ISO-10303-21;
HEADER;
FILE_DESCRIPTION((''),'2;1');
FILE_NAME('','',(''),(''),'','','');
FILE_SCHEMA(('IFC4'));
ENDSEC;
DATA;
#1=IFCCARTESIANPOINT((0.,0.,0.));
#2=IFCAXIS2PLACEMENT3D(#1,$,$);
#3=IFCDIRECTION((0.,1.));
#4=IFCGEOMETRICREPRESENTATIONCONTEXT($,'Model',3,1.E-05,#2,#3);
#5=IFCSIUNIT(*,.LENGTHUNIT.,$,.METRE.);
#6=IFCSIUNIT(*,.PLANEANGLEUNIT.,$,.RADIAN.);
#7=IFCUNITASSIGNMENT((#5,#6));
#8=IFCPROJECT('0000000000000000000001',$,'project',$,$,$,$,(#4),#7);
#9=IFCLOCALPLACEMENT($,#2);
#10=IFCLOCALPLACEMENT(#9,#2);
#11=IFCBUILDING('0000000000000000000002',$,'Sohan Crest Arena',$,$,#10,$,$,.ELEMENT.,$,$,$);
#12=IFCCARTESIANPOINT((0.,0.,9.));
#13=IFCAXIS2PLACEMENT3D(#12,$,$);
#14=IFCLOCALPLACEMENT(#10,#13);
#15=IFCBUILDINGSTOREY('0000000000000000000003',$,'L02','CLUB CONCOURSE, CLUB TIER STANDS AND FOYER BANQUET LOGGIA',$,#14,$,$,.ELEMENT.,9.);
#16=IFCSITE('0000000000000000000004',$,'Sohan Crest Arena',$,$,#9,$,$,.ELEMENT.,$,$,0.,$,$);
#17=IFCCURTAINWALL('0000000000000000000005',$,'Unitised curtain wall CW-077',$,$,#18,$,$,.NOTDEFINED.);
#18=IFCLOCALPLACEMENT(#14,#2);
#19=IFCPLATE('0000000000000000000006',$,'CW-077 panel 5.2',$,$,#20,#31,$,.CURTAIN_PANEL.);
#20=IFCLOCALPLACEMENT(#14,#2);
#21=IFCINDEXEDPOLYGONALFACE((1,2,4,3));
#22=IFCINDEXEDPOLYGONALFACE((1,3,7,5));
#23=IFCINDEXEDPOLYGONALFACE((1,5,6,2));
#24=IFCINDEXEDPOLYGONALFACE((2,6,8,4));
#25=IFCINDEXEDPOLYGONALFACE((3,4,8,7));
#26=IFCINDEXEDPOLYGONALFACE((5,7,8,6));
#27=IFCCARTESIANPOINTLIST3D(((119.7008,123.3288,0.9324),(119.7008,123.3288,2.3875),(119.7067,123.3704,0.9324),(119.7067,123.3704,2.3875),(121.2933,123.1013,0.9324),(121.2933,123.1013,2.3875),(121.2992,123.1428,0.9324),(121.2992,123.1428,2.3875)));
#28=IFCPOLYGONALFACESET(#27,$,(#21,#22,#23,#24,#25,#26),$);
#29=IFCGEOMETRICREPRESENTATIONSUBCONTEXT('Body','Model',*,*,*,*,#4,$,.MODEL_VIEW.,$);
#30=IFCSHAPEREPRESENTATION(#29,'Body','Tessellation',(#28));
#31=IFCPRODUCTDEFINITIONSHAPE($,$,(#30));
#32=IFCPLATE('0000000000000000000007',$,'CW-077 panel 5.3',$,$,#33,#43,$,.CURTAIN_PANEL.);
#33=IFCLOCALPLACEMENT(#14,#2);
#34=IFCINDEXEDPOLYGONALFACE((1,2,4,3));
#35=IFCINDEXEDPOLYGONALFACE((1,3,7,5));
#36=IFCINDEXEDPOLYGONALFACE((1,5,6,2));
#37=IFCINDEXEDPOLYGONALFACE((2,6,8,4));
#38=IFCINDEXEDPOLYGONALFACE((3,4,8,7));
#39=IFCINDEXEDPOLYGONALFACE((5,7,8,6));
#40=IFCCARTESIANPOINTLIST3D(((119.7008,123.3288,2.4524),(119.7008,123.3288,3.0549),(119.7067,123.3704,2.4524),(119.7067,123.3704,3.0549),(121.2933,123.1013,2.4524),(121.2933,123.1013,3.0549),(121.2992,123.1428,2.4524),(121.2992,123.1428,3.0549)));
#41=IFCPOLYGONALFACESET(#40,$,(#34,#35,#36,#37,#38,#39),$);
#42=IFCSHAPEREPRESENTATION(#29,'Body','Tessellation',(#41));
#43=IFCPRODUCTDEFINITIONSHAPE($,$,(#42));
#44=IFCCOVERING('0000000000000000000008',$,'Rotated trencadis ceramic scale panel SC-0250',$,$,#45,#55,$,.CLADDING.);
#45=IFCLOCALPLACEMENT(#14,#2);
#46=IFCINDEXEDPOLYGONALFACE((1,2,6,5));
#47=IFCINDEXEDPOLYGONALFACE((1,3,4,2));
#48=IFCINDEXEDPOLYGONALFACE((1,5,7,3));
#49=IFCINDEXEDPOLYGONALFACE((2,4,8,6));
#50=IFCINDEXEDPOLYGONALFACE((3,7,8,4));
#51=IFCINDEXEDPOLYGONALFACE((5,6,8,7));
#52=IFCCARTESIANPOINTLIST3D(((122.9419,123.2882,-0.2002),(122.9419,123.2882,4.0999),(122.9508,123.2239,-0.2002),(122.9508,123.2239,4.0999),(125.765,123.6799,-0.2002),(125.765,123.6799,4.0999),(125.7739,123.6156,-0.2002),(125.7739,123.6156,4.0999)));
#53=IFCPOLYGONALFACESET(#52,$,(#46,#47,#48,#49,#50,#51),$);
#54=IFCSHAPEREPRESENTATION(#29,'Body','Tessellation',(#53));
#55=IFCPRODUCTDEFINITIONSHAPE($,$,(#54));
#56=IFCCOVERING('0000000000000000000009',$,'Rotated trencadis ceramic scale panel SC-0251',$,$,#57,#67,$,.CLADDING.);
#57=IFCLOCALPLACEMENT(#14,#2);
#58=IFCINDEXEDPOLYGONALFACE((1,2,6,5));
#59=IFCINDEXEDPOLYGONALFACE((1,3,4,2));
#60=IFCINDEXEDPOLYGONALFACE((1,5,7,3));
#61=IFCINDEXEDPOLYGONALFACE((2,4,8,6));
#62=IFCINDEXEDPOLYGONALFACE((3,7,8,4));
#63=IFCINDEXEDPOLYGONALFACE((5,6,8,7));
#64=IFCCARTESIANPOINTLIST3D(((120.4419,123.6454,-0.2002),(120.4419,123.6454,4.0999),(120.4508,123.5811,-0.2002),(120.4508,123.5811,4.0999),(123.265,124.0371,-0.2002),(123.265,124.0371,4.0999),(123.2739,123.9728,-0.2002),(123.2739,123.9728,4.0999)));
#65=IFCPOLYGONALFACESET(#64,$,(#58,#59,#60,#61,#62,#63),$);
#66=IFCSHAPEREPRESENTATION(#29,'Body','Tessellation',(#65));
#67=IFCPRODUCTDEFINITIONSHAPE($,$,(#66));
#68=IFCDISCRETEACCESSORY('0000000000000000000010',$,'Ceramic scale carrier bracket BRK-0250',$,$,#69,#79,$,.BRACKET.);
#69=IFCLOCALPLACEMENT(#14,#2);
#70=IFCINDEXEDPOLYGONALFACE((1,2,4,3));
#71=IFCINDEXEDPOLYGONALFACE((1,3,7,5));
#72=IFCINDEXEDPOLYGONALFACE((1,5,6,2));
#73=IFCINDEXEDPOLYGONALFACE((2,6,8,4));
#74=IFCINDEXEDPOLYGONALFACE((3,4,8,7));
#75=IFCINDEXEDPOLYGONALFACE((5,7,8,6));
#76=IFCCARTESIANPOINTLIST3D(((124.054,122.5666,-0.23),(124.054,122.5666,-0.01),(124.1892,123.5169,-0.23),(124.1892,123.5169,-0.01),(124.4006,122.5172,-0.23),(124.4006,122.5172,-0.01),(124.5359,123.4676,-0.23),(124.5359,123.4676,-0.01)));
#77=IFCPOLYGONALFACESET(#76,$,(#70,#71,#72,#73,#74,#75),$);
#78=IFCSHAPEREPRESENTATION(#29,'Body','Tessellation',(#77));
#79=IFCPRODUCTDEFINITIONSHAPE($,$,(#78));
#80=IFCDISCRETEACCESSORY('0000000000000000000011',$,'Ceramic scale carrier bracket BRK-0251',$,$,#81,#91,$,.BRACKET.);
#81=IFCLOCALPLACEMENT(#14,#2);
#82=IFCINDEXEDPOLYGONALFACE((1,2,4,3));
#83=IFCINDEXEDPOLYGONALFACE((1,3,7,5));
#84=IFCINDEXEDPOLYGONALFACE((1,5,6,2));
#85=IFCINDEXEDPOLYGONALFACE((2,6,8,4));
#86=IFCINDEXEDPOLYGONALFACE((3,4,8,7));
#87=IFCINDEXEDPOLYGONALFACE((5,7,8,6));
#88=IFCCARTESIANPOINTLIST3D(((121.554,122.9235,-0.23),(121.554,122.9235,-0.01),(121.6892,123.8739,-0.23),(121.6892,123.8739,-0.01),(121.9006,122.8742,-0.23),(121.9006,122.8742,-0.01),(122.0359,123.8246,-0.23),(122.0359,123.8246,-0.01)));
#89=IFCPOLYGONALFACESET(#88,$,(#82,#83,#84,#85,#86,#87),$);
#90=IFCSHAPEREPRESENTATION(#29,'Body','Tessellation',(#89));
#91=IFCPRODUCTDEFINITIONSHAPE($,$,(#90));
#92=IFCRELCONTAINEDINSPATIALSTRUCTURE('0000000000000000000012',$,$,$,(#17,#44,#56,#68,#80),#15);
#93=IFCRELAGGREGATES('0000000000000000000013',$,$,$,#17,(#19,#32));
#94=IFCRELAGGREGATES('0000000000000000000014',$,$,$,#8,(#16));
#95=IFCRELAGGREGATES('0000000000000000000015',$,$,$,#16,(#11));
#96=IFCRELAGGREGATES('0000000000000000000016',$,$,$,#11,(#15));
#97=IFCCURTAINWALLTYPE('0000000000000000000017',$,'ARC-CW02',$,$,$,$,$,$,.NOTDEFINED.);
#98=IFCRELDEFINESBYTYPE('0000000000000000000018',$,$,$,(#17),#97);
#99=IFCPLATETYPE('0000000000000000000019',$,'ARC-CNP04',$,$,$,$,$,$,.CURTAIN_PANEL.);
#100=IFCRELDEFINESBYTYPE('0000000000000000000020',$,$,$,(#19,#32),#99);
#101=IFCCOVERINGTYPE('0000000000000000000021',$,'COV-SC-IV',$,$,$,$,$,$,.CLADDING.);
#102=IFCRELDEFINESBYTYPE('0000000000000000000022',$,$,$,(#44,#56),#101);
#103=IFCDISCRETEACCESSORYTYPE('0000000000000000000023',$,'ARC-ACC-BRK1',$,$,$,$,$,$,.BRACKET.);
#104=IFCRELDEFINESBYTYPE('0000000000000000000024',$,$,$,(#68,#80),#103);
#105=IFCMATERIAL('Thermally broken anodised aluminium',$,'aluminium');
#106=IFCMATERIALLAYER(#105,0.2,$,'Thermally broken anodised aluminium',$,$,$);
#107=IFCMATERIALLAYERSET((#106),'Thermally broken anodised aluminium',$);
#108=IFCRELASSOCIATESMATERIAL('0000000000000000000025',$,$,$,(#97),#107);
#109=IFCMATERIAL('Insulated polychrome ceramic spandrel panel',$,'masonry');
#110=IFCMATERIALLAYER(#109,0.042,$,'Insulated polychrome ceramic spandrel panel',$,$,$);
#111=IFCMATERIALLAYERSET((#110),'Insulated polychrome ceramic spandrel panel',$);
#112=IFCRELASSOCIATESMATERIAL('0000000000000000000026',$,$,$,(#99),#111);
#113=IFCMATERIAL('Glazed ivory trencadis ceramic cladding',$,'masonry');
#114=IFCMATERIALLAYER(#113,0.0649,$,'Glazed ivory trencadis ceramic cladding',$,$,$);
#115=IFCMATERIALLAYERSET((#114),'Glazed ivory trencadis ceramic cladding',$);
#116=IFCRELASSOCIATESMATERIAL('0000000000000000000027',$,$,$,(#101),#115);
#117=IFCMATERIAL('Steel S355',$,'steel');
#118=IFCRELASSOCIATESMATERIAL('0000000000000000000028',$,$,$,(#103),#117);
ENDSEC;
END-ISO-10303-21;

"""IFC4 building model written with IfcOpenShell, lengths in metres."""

from ifc_helpers import new_model, si_unit, direction, frame, origin, origin_2d, place, context, subcontext, project, spatial, rectangle, extrude, material, layer, layer_set, type_object, element, aggregate, save


model = new_model("IFC4")

# Units and contexts
model_context = context("Model", 3, precision=1e-05, world=origin(), true_north=direction((0.0, 1.0)))
body_context = subcontext(model_context, "Body", "Model", "MODEL_VIEW")
ifc_project = project(units=[si_unit("LENGTHUNIT", "METRE"), si_unit("PLANEANGLEUNIT", "RADIAN")], contexts=[model_context])

# Site, building, storey
site_placement = place(None, origin())
site = spatial("IfcSite", under=ifc_project, at=site_placement, Name="Sohan Crest Arena", CompositionType="ELEMENT", RefElevation=0.0)
building_placement = place(site_placement, origin())
building = spatial("IfcBuilding", under=site, at=building_placement, Name="Sohan Crest Arena", CompositionType="ELEMENT")
storey_placement = place(building_placement, frame((0.0, 0.0, 9.0)))
storey = spatial("IfcBuildingStorey", under=building, at=storey_placement, Name="L02", Description="CLUB CONCOURSE, CLUB TIER STANDS AND FOYER BANQUET LOGGIA", CompositionType="ELEMENT", Elevation=9.0)

# Curtain wall, plates
ifc_material_1 = material(Name="Thermally broken anodised aluminium", Category="aluminium")
ifc_layer_1 = layer(ifc_material_1, 0.2, Name="Thermally broken anodised aluminium")
ifc_layer_set_1 = layer_set([ifc_layer_1], Name="Thermally broken anodised aluminium")
curtain_wall_type = type_object("IfcCurtainWallType", Name="ARC-CW02", PredefinedType="NOTDEFINED", material=ifc_layer_set_1)
curtain_wall_placement = place(storey_placement, origin())
curtain_wall = element("IfcCurtainWall", 1, at=curtain_wall_placement, inside=storey, type_object=curtain_wall_type, Name="Unitised curtain wall CW-077", PredefinedType="NOTDEFINED")
ifc_material_2 = material(Name="Insulated polychrome ceramic spandrel panel", Category="masonry")
ifc_layer_2 = layer(ifc_material_2, 0.042, Name="Insulated polychrome ceramic spandrel panel")
ifc_layer_set_2 = layer_set([ifc_layer_2], Name="Insulated polychrome ceramic spandrel panel")
plate_type = type_object("IfcPlateType", Name="ARC-CNP04", PredefinedType="CURTAIN_PANEL", material=ifc_layer_set_2)
plate_1_placement = place(storey_placement, frame((120.5, 123.2358, 0.9324), z_axis=(0.0, 0.0, 1.0), x_axis=(-0.989944, 0.141463, 0.0)))
plate_1 = element("IfcPlate", 2, at=plate_1_placement, type_object=plate_type, Name="CW-077 panel 5.2", PredefinedType="CURTAIN_PANEL", context=body_context, shape_type="SweptSolid", body=[
    extrude(rectangle(XDim=1.6086, YDim=0.042, at=origin_2d()), origin(), (0.0, 0.0, 1.0), 1.4551),
])
plate_2_placement = place(storey_placement, frame((120.5, 123.2358, 2.4524), z_axis=(0.0, 0.0, 1.0), x_axis=(-0.989944, 0.141463, 0.0)))
plate_2 = element("IfcPlate", 3, at=plate_2_placement, type_object=plate_type, Name="CW-077 panel 5.3", PredefinedType="CURTAIN_PANEL", context=body_context, shape_type="SweptSolid", body=[
    extrude(rectangle(XDim=1.6086, YDim=0.042, at=origin_2d()), origin(), (0.0, 0.0, 1.0), 0.6025),
])
aggregate(curtain_wall, [plate_1, plate_2])

# Coverings
ifc_material_3 = material(Name="Glazed ivory trencadis ceramic cladding", Category="masonry")
ifc_layer_3 = layer(ifc_material_3, 0.0649, Name="Glazed ivory trencadis ceramic cladding")
ifc_layer_set_3 = layer_set([ifc_layer_3], Name="Glazed ivory trencadis ceramic cladding")
covering_type = type_object("IfcCoveringType", Name="COV-SC-IV", PredefinedType="CLADDING", material=ifc_layer_set_3)
for number, where, z_axis, x_axis, name in (
    (4, (124.3579, 123.4519, -0.2002), (0.0, 0.0, 1.0), (-0.990509, -0.137445, 0.0), "Rotated trencadis ceramic scale panel SC-0250"),
    (5, (121.8579, 123.8091, -0.2002), (0.0, 0.0, 1.0), (-0.990509, -0.137445, 0.0), "Rotated trencadis ceramic scale panel SC-0251"),
):
    element("IfcCovering", number, at=place(storey_placement, frame(where, z_axis=z_axis, x_axis=x_axis)), inside=storey, type_object=covering_type, Name=name, PredefinedType="CLADDING", context=body_context, shape_type="SweptSolid", body=[
        extrude(rectangle(XDim=2.8501, YDim=0.0649, at=origin_2d()), origin(), (0.0, 0.0, 1.0), 4.3),
    ])

# Discrete accessories
ifc_material_4 = material(Name="Steel S355", Category="steel")
discrete_accessory_type = type_object("IfcDiscreteAccessoryType", Name="ARC-ACC-BRK1", PredefinedType="BRACKET", material=ifc_material_4)
for number, where, z_axis, x_axis, name in (
    (6, (124.2949, 123.0171, -0.23), (0.0, 0.0, 1.0), (-0.990024, 0.140901, 0.0), "Ceramic scale carrier bracket BRK-0250"),
    (7, (121.7949, 123.374, -0.23), (0.0, 0.0, 1.0), (-0.990024, 0.140901, 0.0), "Ceramic scale carrier bracket BRK-0251"),
):
    element("IfcDiscreteAccessory", number, at=place(storey_placement, frame(where, z_axis=z_axis, x_axis=x_axis)), inside=storey, type_object=discrete_accessory_type, Name=name, PredefinedType="BRACKET", context=body_context, shape_type="SweptSolid", body=[
        extrude(rectangle(XDim=0.3501, YDim=0.96, at=origin_2d()), origin(), (0.0, 0.0, 1.0), 0.22),
    ])

save(model, "model.ifc")
